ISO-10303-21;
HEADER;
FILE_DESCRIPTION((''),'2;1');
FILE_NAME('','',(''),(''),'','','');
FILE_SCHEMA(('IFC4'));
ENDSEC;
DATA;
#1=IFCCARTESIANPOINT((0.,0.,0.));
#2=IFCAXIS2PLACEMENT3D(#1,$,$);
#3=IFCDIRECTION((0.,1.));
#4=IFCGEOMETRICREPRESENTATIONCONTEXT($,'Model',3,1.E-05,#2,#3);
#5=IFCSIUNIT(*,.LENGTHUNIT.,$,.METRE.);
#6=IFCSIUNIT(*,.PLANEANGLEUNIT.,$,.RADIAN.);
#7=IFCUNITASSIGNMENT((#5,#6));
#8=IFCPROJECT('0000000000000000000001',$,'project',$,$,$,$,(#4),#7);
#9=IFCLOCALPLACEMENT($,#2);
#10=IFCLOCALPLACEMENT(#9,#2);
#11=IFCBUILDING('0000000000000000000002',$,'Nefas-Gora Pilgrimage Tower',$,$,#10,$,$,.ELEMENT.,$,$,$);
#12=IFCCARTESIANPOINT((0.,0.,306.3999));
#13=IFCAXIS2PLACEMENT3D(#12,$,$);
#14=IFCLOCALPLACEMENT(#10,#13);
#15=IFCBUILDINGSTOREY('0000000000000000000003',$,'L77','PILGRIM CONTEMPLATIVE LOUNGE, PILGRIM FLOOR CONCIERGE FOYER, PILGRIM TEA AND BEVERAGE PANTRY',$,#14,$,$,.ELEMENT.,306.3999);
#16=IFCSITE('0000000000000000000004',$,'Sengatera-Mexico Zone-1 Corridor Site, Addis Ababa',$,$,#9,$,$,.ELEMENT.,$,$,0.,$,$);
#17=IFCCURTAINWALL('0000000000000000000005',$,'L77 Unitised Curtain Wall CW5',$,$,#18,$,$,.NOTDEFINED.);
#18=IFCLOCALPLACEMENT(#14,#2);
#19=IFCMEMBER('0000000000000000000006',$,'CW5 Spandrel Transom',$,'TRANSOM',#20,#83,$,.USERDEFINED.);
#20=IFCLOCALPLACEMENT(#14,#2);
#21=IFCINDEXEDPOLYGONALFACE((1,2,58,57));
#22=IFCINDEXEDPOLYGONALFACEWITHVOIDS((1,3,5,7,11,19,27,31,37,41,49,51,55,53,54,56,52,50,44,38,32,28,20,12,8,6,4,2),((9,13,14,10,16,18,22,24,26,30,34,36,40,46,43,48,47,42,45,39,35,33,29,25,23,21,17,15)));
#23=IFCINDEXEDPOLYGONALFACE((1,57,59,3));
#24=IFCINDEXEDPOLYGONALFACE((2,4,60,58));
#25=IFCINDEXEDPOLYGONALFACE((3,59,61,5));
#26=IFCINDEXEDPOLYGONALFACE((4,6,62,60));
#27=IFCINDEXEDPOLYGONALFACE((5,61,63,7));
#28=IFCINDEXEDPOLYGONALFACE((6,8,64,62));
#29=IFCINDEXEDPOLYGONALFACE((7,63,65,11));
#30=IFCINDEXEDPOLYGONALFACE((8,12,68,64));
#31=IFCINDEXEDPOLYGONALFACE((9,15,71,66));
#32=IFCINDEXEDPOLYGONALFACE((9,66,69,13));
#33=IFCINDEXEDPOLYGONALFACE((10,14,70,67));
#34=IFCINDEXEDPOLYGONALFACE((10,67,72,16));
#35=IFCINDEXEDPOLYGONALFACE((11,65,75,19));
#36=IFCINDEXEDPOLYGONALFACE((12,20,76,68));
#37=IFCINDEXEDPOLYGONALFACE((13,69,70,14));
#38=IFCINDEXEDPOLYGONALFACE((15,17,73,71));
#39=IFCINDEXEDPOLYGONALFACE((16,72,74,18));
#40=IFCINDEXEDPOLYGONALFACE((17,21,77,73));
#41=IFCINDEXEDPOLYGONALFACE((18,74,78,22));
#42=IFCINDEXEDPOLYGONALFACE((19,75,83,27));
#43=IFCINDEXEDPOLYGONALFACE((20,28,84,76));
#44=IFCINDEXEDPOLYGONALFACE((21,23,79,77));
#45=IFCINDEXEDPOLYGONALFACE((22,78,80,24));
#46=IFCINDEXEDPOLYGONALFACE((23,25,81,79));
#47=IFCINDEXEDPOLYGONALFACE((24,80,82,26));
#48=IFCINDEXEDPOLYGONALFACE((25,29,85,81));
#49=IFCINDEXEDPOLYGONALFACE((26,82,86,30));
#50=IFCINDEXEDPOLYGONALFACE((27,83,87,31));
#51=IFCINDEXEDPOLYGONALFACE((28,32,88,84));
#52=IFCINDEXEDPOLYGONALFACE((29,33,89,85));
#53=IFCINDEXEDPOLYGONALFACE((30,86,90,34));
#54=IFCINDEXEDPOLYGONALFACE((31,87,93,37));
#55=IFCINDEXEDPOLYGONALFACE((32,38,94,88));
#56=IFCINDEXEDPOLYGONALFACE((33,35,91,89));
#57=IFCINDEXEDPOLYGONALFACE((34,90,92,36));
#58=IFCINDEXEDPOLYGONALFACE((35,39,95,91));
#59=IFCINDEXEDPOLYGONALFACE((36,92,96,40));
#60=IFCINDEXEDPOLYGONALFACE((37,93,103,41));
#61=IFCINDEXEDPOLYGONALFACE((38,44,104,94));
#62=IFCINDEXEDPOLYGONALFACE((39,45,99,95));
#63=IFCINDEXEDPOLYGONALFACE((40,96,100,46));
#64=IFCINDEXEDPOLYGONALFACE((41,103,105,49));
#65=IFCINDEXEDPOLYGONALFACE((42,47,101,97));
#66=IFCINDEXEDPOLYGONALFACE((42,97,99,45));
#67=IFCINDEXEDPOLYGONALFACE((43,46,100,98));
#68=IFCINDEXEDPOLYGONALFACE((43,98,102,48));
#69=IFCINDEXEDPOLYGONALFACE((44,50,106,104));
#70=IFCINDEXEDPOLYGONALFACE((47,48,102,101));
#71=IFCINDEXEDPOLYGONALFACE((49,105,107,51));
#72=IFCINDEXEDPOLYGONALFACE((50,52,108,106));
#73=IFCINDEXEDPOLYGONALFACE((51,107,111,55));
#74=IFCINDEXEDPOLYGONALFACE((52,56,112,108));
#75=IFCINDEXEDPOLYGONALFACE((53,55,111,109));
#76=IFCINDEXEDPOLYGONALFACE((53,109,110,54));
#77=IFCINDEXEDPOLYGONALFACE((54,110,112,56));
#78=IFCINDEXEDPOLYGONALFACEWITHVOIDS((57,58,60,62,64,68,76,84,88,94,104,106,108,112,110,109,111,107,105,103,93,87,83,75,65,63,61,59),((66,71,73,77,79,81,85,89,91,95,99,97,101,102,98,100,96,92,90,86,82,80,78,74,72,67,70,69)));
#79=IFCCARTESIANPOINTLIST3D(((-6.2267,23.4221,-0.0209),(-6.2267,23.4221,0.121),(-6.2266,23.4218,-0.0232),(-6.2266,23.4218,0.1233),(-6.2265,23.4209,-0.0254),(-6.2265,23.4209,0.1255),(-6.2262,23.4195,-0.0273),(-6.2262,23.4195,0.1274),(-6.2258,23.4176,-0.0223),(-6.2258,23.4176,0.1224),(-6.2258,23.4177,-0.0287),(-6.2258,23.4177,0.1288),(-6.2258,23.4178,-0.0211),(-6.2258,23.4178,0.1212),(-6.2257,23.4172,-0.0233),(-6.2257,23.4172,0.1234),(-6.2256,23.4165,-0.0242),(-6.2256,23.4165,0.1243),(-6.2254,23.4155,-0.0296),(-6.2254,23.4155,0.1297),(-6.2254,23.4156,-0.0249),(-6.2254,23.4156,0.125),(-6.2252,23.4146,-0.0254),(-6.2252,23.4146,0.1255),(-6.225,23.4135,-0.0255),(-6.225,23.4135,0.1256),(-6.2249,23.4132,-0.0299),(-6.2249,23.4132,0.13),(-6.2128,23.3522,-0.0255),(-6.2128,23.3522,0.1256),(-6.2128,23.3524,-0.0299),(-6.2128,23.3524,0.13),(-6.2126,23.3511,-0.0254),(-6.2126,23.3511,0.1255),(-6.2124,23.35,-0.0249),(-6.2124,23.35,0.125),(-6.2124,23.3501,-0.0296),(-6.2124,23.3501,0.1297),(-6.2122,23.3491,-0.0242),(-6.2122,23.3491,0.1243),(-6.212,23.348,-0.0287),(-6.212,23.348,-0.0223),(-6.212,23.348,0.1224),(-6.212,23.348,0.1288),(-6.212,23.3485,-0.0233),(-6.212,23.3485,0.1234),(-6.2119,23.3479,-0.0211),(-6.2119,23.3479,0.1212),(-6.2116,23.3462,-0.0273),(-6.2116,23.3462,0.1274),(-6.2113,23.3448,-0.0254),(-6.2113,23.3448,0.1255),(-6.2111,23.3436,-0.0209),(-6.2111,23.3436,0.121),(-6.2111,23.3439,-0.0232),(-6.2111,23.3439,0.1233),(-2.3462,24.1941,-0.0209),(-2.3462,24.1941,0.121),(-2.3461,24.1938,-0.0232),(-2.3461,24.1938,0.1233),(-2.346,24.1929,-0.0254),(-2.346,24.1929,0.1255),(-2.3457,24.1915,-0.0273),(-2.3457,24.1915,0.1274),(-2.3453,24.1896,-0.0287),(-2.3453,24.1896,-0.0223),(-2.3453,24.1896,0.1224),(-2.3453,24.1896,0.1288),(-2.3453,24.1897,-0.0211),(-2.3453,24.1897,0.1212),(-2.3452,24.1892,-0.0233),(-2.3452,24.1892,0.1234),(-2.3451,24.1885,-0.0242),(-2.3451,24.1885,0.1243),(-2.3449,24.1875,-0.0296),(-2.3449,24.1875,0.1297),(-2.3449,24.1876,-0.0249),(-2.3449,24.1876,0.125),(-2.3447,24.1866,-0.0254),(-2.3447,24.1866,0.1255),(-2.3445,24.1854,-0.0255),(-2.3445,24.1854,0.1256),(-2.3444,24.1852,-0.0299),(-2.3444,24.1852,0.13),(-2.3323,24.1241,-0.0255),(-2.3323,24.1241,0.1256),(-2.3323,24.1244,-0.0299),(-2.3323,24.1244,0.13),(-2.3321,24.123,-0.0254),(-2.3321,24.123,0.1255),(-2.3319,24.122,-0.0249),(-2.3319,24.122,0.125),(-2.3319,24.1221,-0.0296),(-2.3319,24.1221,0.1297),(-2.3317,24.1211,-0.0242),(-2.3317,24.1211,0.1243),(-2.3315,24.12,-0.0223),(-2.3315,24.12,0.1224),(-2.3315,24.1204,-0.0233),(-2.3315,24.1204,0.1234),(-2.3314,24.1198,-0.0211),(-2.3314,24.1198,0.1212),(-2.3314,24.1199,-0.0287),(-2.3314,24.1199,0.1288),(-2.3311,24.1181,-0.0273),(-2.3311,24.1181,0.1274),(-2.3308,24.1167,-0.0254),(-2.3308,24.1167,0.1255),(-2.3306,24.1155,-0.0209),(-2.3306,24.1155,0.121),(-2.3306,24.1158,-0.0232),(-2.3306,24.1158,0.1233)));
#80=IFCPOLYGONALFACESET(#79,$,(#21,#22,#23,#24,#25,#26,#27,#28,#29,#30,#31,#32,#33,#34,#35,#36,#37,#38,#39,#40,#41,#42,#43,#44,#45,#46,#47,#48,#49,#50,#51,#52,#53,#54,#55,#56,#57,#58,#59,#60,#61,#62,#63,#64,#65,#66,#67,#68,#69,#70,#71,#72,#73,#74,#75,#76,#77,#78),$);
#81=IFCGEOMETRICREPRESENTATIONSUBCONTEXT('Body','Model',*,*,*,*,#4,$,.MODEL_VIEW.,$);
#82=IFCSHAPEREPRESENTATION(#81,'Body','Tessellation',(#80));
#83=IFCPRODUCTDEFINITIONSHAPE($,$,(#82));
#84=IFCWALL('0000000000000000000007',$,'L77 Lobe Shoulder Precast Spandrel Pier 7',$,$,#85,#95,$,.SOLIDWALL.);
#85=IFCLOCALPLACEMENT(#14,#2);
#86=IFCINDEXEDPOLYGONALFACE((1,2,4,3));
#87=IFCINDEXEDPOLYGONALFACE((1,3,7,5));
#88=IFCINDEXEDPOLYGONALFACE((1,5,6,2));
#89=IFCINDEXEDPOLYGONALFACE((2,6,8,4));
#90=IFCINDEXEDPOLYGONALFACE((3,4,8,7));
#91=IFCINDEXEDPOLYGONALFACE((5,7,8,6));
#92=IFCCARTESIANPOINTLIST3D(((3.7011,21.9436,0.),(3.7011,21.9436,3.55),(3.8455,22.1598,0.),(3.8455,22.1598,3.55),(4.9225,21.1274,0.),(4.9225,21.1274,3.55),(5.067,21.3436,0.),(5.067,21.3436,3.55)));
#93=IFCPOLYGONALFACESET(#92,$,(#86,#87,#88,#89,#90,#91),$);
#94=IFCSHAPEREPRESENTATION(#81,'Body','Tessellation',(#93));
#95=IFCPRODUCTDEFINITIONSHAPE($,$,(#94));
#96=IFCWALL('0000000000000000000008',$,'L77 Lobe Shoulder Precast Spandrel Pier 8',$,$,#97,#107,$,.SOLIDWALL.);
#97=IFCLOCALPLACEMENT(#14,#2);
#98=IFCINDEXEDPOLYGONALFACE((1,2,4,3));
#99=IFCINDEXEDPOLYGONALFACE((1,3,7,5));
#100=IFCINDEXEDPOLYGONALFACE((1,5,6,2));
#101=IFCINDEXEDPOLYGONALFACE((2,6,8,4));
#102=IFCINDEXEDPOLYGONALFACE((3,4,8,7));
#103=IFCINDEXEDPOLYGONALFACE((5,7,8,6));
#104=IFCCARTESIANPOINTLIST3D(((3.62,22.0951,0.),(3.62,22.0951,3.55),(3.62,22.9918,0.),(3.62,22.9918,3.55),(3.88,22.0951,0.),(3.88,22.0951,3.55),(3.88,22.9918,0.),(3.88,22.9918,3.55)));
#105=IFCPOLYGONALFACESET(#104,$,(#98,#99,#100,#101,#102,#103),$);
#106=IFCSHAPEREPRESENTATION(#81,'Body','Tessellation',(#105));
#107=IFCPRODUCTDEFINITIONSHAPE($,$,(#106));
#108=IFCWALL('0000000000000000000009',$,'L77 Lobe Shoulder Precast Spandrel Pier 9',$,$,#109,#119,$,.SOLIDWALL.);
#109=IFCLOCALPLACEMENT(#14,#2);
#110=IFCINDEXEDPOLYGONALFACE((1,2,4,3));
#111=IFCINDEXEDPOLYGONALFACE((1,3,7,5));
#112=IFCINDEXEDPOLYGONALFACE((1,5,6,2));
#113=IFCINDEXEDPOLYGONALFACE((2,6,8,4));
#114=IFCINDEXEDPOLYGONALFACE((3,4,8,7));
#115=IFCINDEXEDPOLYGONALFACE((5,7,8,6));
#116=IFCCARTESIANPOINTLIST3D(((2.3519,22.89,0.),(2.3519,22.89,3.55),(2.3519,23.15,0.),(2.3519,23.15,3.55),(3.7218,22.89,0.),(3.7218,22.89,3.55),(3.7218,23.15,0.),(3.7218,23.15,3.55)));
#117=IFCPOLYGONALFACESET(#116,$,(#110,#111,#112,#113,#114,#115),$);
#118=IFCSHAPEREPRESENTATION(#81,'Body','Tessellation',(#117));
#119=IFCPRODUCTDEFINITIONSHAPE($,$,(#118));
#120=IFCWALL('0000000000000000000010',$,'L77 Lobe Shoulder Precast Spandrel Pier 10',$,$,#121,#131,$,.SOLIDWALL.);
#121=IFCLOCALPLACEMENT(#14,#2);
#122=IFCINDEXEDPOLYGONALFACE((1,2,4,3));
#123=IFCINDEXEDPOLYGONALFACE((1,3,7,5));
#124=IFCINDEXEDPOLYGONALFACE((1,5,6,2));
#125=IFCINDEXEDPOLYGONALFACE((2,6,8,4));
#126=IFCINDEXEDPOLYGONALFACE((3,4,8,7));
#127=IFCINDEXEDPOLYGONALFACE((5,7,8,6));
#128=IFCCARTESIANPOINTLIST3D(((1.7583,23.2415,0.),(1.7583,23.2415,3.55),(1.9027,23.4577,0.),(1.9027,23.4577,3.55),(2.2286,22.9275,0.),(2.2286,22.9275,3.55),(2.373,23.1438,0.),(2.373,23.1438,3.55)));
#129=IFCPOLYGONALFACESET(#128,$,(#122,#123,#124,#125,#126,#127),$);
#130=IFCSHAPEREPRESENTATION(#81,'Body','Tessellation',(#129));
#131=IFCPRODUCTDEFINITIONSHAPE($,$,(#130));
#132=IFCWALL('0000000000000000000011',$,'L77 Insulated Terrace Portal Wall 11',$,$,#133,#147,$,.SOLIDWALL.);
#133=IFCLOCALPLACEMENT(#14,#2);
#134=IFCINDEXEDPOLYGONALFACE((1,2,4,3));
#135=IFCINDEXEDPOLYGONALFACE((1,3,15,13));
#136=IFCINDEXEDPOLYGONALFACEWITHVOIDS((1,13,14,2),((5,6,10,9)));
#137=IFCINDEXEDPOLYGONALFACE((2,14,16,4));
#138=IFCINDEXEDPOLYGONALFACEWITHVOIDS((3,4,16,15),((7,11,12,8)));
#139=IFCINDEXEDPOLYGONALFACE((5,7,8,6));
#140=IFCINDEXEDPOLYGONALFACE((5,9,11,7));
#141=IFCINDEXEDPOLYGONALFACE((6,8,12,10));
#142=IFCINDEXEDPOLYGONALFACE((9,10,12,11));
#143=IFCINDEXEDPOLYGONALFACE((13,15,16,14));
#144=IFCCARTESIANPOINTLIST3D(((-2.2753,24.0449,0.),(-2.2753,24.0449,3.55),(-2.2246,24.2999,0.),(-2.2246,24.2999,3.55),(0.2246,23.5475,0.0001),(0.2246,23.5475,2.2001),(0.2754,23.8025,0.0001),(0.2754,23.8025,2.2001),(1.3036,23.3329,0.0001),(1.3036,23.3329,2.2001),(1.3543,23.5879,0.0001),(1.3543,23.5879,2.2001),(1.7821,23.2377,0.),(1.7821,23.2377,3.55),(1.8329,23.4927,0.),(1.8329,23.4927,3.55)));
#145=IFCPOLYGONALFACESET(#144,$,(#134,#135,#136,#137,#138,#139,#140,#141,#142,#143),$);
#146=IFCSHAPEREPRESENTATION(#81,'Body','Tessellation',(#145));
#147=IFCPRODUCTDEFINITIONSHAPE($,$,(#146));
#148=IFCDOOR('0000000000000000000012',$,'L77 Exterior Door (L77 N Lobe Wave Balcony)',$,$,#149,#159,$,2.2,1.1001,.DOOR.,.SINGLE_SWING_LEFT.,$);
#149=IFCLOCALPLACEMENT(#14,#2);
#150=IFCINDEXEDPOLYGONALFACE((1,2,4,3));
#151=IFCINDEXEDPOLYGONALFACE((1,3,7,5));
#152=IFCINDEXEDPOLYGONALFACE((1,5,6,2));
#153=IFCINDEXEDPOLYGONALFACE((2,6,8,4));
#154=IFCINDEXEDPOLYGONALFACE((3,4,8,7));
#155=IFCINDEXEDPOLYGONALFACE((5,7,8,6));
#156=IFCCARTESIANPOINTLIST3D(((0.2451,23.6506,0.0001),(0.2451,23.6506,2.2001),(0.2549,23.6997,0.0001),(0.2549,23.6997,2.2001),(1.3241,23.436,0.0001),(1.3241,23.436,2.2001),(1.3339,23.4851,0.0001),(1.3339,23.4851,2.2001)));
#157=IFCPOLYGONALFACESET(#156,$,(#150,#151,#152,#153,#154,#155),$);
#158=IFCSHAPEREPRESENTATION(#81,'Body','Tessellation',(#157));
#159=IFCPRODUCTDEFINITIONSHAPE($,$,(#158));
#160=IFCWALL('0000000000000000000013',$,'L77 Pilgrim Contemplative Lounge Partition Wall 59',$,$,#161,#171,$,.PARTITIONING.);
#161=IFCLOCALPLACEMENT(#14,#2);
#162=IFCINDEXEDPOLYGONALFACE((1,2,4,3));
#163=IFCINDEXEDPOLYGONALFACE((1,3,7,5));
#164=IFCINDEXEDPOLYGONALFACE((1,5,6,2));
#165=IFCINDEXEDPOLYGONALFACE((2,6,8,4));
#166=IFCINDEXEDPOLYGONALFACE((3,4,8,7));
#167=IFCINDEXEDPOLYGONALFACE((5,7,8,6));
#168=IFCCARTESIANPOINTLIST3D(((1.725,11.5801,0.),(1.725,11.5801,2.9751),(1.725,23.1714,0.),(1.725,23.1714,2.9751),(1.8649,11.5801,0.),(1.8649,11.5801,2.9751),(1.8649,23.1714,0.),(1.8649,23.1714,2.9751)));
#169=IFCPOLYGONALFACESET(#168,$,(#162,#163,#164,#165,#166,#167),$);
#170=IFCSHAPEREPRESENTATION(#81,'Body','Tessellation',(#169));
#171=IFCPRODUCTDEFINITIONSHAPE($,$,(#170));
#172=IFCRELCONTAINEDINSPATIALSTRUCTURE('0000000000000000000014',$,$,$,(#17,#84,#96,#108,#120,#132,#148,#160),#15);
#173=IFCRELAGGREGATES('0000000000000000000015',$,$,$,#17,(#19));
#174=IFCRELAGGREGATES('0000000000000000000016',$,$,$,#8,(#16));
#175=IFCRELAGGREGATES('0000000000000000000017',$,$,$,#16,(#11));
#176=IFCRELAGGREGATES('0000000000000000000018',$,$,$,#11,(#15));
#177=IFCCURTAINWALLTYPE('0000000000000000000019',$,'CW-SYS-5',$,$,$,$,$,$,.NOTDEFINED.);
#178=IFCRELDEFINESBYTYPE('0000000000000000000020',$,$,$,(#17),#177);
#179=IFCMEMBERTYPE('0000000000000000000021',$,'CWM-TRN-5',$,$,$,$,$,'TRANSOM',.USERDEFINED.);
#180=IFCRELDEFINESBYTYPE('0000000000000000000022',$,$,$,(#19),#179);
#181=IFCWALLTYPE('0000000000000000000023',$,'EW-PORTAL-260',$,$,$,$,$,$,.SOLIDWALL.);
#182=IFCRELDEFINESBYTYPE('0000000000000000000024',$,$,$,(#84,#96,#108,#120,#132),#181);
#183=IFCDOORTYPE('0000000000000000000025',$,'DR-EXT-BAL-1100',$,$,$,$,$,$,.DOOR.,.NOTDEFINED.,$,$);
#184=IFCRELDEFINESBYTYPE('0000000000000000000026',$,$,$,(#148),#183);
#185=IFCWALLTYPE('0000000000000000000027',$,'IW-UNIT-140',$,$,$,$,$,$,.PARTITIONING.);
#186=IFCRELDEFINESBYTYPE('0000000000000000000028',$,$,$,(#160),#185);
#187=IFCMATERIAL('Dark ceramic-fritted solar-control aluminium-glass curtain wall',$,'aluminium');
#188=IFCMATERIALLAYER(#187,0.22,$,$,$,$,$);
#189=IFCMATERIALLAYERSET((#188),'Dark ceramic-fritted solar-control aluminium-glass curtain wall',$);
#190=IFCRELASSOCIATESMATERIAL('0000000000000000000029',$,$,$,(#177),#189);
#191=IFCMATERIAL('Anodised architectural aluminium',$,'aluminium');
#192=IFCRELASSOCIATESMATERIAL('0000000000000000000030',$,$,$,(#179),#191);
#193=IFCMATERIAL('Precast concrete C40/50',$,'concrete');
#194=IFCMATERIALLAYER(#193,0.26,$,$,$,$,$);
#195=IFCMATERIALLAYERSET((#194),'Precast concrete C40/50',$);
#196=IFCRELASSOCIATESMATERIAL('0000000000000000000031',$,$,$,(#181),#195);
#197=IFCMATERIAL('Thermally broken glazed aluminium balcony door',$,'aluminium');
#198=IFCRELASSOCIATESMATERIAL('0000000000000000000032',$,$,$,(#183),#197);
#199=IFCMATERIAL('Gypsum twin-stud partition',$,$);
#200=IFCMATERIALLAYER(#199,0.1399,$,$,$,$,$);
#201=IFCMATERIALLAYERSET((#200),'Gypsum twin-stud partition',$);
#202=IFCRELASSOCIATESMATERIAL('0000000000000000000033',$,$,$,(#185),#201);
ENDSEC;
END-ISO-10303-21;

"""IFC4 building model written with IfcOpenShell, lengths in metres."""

from ifc_helpers import new_model, si_unit, direction, frame, frame_2d, origin, origin_2d, place, context, subcontext, project, spatial, rectangle, hollow_rectangle, extrude, source, transform, mapped, material, layer, layer_set, material_profile, profile_set, type_object, element, fill, aggregate, save


model = new_model("IFC4")

# Units and contexts
model_context = context("Model", 3, precision=1e-05, world=origin(), true_north=direction((0.0, 1.0)))
body_context = subcontext(model_context, "Body", "Model", "MODEL_VIEW")
ifc_project = project(units=[si_unit("LENGTHUNIT", "METRE"), si_unit("PLANEANGLEUNIT", "RADIAN")], contexts=[model_context])

# Site, building, storey
site_placement = place(None, origin())
site = spatial("IfcSite", under=ifc_project, at=site_placement, Name="Sengatera-Mexico Zone-1 Corridor Site, Addis Ababa", CompositionType="ELEMENT", RefElevation=0.0)
building_placement = place(site_placement, origin())
building = spatial("IfcBuilding", under=site, at=building_placement, Name="Nefas-Gora Pilgrimage Tower", CompositionType="ELEMENT")
storey_placement = place(building_placement, frame((0.0, 0.0, 306.3999)))
storey = spatial("IfcBuildingStorey", under=building, at=storey_placement, Name="L77", Description="PILGRIM CONTEMPLATIVE LOUNGE, PILGRIM FLOOR CONCIERGE FOYER, PILGRIM TEA AND BEVERAGE PANTRY", CompositionType="ELEMENT", Elevation=306.3999)

# Shared definitions
ifc_material_1 = material(Name="Dark ceramic-fritted solar-control aluminium-glass curtain wall", Category="aluminium")
ifc_layer_1 = layer(ifc_material_1, 0.22)
ifc_layer_set_1 = layer_set([ifc_layer_1], Name="Dark ceramic-fritted solar-control aluminium-glass curtain wall")
curtain_wall_type = type_object("IfcCurtainWallType", Name="CW-SYS-5", PredefinedType="NOTDEFINED", material=ifc_layer_set_1)
ifc_material_2 = material(Name="Anodised architectural aluminium", Category="aluminium")

# Curtain wall, member
curtain_wall_1_placement = place(storey_placement, origin())
curtain_wall_1 = element("IfcCurtainWall", 1, at=curtain_wall_1_placement, inside=storey, type_object=curtain_wall_type, Name="L77 Unitised Curtain Wall CW5", PredefinedType="NOTDEFINED")
ifc_material_profile_1 = material_profile(ifc_material_2, hollow_rectangle(XDim=0.0801, YDim=0.1599, WallThickness=0.0044, InnerFilletRadius=0.0044, OuterFilletRadius=0.009, at=origin_2d()), Name="ALU TRANSOM 80x160")
ifc_profile_set_1 = profile_set([ifc_material_profile_1], Name="Anodised architectural aluminium")
member_type_1 = type_object("IfcMemberType", Name="CWM-TRN-5", ElementType="TRANSOM", PredefinedType="USERDEFINED", material=ifc_profile_set_1)
shared_shape_1 = source(origin(), body_context, "Body", "SweptSolid", [
    extrude(hollow_rectangle(XDim=0.0801, YDim=0.1599, WallThickness=0.0044, InnerFilletRadius=0.0044, OuterFilletRadius=0.009, at=origin_2d()), origin(), (0.0, 0.0, 1.0), 3.9565),
])
member_1_placement = place(storey_placement, frame((-2.3384, 24.1548, 0.05), z_axis=(-0.980782, -0.195107, 0.0), x_axis=(0.195107, -0.980782, 0.0)))
member_1 = element("IfcMember", 2, at=member_1_placement, type_object=member_type_1, Name="CW5 Spandrel Transom", ObjectType="TRANSOM", PredefinedType="USERDEFINED", context=body_context, shape_type="MappedRepresentation", body=[
    mapped(shared_shape_1, transform((0.0, 0.0, 0.0), x_axis=(1.0, 0.0, 0.0), y_axis=(0.0, 1.0, 0.0), z_axis=(0.0, 0.0, 1.0), scale=1.0)),
])
aggregate(curtain_wall_1, [member_1])

# Walls
ifc_material_3 = material(Name="Precast concrete C40/50", Category="concrete")
ifc_layer_2 = layer(ifc_material_3, 0.26)
ifc_layer_set_2 = layer_set([ifc_layer_2], Name="Precast concrete C40/50")
wall_type_1 = type_object("IfcWallType", Name="EW-PORTAL-260", PredefinedType="SOLIDWALL", material=ifc_layer_set_2)
shared_shape_2 = source(origin(), body_context, "Body", "SweptSolid", [
    extrude(rectangle(XDim=1.469, YDim=0.26, at=frame_2d((0.7344, 0.0))), origin(), (0.0, 0.0, 1.0), 3.55),
])
wall_1_placement = place(storey_placement, frame((4.9946, 21.2356, 0.0), z_axis=(0.0, 0.0, 1.0), x_axis=(-0.831462, 0.555582, 0.0)))
element("IfcWall", 3, at=wall_1_placement, inside=storey, type_object=wall_type_1, Name="L77 Lobe Shoulder Precast Spandrel Pier 7", PredefinedType="SOLIDWALL", context=body_context, shape_type="MappedRepresentation", body=[
    mapped(shared_shape_2, transform((0.0, 0.0, 0.0), x_axis=(1.0, 0.0, 0.0), y_axis=(0.0, 1.0, 0.0), z_axis=(0.0, 0.0, 1.0), scale=1.0)),
])
shared_shape_3 = source(origin(), body_context, "Body", "SweptSolid", [
    extrude(rectangle(XDim=0.8967, YDim=0.26, at=frame_2d((0.4482, 0.0))), origin(), (0.0, 0.0, 1.0), 3.55),
])
wall_2_placement = place(storey_placement, frame((3.75, 22.0952, 0.0), z_axis=(0.0, 0.0, 1.0), x_axis=(0.0, 1.0, 0.0)))
element("IfcWall", 4, at=wall_2_placement, inside=storey, type_object=wall_type_1, Name="L77 Lobe Shoulder Precast Spandrel Pier 8", PredefinedType="SOLIDWALL", context=body_context, shape_type="MappedRepresentation", body=[
    mapped(shared_shape_3, transform((0.0, 0.0, 0.0), x_axis=(1.0, 0.0, 0.0), y_axis=(0.0, 1.0, 0.0), z_axis=(0.0, 0.0, 1.0), scale=1.0)),
])
shared_shape_4 = source(origin(), body_context, "Body", "SweptSolid", [
    extrude(rectangle(XDim=1.3699, YDim=0.26, at=frame_2d((0.6851, 0.0))), origin(), (0.0, 0.0, 1.0), 3.55),
])
wall_3_placement = place(storey_placement, frame((3.7219, 23.02, 0.0), z_axis=(0.0, 0.0, 1.0), x_axis=(-1.0, 0.0, 0.0)))
element("IfcWall", 5, at=wall_3_placement, inside=storey, type_object=wall_type_1, Name="L77 Lobe Shoulder Precast Spandrel Pier 9", PredefinedType="SOLIDWALL", context=body_context, shape_type="MappedRepresentation", body=[
    mapped(shared_shape_4, transform((0.0, 0.0, 0.0), x_axis=(1.0, 0.0, 0.0), y_axis=(0.0, 1.0, 0.0), z_axis=(0.0, 0.0, 1.0), scale=1.0)),
])
shared_shape_5 = source(origin(), body_context, "Body", "SweptSolid", [
    extrude(rectangle(XDim=0.5654, YDim=0.26, at=frame_2d((0.2827, 0.0))), origin(), (0.0, 0.0, 1.0), 3.55),
])
wall_4_placement = place(storey_placement, frame((2.3008, 23.0356, 0.0), z_axis=(0.0, 0.0, 1.0), x_axis=(-0.831651, 0.555298, 0.0)))
element("IfcWall", 6, at=wall_4_placement, inside=storey, type_object=wall_type_1, Name="L77 Lobe Shoulder Precast Spandrel Pier 10", PredefinedType="SOLIDWALL", context=body_context, shape_type="MappedRepresentation", body=[
    mapped(shared_shape_5, transform((0.0, 0.0, 0.0), x_axis=(1.0, 0.0, 0.0), y_axis=(0.0, 1.0, 0.0), z_axis=(0.0, 0.0, 1.0), scale=1.0)),
])

# Wall, opening, door
shared_shape_6 = source(origin(), body_context, "Body", "SweptSolid", [
    extrude(rectangle(XDim=4.137, YDim=0.26, at=frame_2d((2.0684, 0.0))), origin(), (0.0, 0.0, 1.0), 3.55),
])
wall_5_placement = place(storey_placement, frame((1.8074, 23.3652, 0.0), z_axis=(0.0, 0.0, 1.0), x_axis=(-0.980782, 0.195106, 0.0)))
wall_5 = element("IfcWall", 7, at=wall_5_placement, inside=storey, type_object=wall_type_1, Name="L77 Insulated Terrace Portal Wall 11", PredefinedType="SOLIDWALL", context=body_context, shape_type="MappedRepresentation", body=[
    mapped(shared_shape_6, transform((0.0, 0.0, 0.0), x_axis=(1.0, 0.0, 0.0), y_axis=(0.0, 1.0, 0.0), z_axis=(0.0, 0.0, 1.0), scale=1.0)),
])
opening_placement = place(wall_5_placement, frame((0.4878, 0.0, 0.0)))
opening = element("IfcOpeningElement", 8, at=opening_placement, cuts=wall_5, PredefinedType="OPENING", context=body_context, shape_type="SweptSolid", body=[
    extrude(rectangle(XDim=1.1001, YDim=2.2, at=frame_2d((0.55, 1.1001))), frame((0.0, 0.1399, 0.0), z_axis=(0.0, -1.0, 0.0), x_axis=(1.0, 0.0, 0.0)), (0.0, 0.0, 1.0), 0.28),
])
ifc_material_4 = material(Name="Thermally broken glazed aluminium balcony door", Category="aluminium")
door_type = type_object("IfcDoorType", Name="DR-EXT-BAL-1100", OperationType="NOTDEFINED", PredefinedType="DOOR", material=ifc_material_4)
shared_shape_7 = source(origin(), body_context, "Body", "SweptSolid", [
    extrude(rectangle(XDim=1.1001, YDim=2.2, at=frame_2d((0.55, 1.1001))), frame((0.0, 0.0249, 0.0), z_axis=(0.0, -1.0, 0.0), x_axis=(1.0, 0.0, 0.0)), (0.0, 0.0, 1.0), 0.05),
])
door_placement = place(opening_placement, origin())
door = element("IfcDoor", 9, at=door_placement, inside=storey, type_object=door_type, Name="L77 Exterior Door (L77 N Lobe Wave Balcony)", OperationType="SINGLE_SWING_LEFT", OverallHeight=2.2, OverallWidth=1.1001, PredefinedType="DOOR", context=body_context, shape_type="MappedRepresentation", body=[
    mapped(shared_shape_7, transform((0.0, 0.0, 0.0), x_axis=(1.0, 0.0, 0.0), y_axis=(0.0, 1.0, 0.0), z_axis=(0.0, 0.0, 1.0), scale=1.0)),
])
fill(opening, door)

# Wall
ifc_material_5 = material(Name="Gypsum twin-stud partition")
ifc_layer_3 = layer(ifc_material_5, 0.1399)
ifc_layer_set_3 = layer_set([ifc_layer_3], Name="Gypsum twin-stud partition")
wall_type_2 = type_object("IfcWallType", Name="IW-UNIT-140", PredefinedType="PARTITIONING", material=ifc_layer_set_3)
shared_shape_8 = source(origin(), body_context, "Body", "SweptSolid", [
    extrude(rectangle(XDim=11.5913, YDim=0.1399, at=frame_2d((5.7957, 0.0))), origin(), (0.0, 0.0, 1.0), 2.9751),
])
wall_6_placement = place(storey_placement, frame((1.7949, 11.5801, 0.0), z_axis=(0.0, 0.0, 1.0), x_axis=(0.0, 1.0, 0.0)))
element("IfcWall", 10, at=wall_6_placement, inside=storey, type_object=wall_type_2, Name="L77 Pilgrim Contemplative Lounge Partition Wall 59", PredefinedType="PARTITIONING", context=body_context, shape_type="MappedRepresentation", body=[
    mapped(shared_shape_8, transform((0.0, 0.0, 0.0), x_axis=(1.0, 0.0, 0.0), y_axis=(0.0, 1.0, 0.0), z_axis=(0.0, 0.0, 1.0), scale=1.0)),
])

save(model, "model.ifc")
